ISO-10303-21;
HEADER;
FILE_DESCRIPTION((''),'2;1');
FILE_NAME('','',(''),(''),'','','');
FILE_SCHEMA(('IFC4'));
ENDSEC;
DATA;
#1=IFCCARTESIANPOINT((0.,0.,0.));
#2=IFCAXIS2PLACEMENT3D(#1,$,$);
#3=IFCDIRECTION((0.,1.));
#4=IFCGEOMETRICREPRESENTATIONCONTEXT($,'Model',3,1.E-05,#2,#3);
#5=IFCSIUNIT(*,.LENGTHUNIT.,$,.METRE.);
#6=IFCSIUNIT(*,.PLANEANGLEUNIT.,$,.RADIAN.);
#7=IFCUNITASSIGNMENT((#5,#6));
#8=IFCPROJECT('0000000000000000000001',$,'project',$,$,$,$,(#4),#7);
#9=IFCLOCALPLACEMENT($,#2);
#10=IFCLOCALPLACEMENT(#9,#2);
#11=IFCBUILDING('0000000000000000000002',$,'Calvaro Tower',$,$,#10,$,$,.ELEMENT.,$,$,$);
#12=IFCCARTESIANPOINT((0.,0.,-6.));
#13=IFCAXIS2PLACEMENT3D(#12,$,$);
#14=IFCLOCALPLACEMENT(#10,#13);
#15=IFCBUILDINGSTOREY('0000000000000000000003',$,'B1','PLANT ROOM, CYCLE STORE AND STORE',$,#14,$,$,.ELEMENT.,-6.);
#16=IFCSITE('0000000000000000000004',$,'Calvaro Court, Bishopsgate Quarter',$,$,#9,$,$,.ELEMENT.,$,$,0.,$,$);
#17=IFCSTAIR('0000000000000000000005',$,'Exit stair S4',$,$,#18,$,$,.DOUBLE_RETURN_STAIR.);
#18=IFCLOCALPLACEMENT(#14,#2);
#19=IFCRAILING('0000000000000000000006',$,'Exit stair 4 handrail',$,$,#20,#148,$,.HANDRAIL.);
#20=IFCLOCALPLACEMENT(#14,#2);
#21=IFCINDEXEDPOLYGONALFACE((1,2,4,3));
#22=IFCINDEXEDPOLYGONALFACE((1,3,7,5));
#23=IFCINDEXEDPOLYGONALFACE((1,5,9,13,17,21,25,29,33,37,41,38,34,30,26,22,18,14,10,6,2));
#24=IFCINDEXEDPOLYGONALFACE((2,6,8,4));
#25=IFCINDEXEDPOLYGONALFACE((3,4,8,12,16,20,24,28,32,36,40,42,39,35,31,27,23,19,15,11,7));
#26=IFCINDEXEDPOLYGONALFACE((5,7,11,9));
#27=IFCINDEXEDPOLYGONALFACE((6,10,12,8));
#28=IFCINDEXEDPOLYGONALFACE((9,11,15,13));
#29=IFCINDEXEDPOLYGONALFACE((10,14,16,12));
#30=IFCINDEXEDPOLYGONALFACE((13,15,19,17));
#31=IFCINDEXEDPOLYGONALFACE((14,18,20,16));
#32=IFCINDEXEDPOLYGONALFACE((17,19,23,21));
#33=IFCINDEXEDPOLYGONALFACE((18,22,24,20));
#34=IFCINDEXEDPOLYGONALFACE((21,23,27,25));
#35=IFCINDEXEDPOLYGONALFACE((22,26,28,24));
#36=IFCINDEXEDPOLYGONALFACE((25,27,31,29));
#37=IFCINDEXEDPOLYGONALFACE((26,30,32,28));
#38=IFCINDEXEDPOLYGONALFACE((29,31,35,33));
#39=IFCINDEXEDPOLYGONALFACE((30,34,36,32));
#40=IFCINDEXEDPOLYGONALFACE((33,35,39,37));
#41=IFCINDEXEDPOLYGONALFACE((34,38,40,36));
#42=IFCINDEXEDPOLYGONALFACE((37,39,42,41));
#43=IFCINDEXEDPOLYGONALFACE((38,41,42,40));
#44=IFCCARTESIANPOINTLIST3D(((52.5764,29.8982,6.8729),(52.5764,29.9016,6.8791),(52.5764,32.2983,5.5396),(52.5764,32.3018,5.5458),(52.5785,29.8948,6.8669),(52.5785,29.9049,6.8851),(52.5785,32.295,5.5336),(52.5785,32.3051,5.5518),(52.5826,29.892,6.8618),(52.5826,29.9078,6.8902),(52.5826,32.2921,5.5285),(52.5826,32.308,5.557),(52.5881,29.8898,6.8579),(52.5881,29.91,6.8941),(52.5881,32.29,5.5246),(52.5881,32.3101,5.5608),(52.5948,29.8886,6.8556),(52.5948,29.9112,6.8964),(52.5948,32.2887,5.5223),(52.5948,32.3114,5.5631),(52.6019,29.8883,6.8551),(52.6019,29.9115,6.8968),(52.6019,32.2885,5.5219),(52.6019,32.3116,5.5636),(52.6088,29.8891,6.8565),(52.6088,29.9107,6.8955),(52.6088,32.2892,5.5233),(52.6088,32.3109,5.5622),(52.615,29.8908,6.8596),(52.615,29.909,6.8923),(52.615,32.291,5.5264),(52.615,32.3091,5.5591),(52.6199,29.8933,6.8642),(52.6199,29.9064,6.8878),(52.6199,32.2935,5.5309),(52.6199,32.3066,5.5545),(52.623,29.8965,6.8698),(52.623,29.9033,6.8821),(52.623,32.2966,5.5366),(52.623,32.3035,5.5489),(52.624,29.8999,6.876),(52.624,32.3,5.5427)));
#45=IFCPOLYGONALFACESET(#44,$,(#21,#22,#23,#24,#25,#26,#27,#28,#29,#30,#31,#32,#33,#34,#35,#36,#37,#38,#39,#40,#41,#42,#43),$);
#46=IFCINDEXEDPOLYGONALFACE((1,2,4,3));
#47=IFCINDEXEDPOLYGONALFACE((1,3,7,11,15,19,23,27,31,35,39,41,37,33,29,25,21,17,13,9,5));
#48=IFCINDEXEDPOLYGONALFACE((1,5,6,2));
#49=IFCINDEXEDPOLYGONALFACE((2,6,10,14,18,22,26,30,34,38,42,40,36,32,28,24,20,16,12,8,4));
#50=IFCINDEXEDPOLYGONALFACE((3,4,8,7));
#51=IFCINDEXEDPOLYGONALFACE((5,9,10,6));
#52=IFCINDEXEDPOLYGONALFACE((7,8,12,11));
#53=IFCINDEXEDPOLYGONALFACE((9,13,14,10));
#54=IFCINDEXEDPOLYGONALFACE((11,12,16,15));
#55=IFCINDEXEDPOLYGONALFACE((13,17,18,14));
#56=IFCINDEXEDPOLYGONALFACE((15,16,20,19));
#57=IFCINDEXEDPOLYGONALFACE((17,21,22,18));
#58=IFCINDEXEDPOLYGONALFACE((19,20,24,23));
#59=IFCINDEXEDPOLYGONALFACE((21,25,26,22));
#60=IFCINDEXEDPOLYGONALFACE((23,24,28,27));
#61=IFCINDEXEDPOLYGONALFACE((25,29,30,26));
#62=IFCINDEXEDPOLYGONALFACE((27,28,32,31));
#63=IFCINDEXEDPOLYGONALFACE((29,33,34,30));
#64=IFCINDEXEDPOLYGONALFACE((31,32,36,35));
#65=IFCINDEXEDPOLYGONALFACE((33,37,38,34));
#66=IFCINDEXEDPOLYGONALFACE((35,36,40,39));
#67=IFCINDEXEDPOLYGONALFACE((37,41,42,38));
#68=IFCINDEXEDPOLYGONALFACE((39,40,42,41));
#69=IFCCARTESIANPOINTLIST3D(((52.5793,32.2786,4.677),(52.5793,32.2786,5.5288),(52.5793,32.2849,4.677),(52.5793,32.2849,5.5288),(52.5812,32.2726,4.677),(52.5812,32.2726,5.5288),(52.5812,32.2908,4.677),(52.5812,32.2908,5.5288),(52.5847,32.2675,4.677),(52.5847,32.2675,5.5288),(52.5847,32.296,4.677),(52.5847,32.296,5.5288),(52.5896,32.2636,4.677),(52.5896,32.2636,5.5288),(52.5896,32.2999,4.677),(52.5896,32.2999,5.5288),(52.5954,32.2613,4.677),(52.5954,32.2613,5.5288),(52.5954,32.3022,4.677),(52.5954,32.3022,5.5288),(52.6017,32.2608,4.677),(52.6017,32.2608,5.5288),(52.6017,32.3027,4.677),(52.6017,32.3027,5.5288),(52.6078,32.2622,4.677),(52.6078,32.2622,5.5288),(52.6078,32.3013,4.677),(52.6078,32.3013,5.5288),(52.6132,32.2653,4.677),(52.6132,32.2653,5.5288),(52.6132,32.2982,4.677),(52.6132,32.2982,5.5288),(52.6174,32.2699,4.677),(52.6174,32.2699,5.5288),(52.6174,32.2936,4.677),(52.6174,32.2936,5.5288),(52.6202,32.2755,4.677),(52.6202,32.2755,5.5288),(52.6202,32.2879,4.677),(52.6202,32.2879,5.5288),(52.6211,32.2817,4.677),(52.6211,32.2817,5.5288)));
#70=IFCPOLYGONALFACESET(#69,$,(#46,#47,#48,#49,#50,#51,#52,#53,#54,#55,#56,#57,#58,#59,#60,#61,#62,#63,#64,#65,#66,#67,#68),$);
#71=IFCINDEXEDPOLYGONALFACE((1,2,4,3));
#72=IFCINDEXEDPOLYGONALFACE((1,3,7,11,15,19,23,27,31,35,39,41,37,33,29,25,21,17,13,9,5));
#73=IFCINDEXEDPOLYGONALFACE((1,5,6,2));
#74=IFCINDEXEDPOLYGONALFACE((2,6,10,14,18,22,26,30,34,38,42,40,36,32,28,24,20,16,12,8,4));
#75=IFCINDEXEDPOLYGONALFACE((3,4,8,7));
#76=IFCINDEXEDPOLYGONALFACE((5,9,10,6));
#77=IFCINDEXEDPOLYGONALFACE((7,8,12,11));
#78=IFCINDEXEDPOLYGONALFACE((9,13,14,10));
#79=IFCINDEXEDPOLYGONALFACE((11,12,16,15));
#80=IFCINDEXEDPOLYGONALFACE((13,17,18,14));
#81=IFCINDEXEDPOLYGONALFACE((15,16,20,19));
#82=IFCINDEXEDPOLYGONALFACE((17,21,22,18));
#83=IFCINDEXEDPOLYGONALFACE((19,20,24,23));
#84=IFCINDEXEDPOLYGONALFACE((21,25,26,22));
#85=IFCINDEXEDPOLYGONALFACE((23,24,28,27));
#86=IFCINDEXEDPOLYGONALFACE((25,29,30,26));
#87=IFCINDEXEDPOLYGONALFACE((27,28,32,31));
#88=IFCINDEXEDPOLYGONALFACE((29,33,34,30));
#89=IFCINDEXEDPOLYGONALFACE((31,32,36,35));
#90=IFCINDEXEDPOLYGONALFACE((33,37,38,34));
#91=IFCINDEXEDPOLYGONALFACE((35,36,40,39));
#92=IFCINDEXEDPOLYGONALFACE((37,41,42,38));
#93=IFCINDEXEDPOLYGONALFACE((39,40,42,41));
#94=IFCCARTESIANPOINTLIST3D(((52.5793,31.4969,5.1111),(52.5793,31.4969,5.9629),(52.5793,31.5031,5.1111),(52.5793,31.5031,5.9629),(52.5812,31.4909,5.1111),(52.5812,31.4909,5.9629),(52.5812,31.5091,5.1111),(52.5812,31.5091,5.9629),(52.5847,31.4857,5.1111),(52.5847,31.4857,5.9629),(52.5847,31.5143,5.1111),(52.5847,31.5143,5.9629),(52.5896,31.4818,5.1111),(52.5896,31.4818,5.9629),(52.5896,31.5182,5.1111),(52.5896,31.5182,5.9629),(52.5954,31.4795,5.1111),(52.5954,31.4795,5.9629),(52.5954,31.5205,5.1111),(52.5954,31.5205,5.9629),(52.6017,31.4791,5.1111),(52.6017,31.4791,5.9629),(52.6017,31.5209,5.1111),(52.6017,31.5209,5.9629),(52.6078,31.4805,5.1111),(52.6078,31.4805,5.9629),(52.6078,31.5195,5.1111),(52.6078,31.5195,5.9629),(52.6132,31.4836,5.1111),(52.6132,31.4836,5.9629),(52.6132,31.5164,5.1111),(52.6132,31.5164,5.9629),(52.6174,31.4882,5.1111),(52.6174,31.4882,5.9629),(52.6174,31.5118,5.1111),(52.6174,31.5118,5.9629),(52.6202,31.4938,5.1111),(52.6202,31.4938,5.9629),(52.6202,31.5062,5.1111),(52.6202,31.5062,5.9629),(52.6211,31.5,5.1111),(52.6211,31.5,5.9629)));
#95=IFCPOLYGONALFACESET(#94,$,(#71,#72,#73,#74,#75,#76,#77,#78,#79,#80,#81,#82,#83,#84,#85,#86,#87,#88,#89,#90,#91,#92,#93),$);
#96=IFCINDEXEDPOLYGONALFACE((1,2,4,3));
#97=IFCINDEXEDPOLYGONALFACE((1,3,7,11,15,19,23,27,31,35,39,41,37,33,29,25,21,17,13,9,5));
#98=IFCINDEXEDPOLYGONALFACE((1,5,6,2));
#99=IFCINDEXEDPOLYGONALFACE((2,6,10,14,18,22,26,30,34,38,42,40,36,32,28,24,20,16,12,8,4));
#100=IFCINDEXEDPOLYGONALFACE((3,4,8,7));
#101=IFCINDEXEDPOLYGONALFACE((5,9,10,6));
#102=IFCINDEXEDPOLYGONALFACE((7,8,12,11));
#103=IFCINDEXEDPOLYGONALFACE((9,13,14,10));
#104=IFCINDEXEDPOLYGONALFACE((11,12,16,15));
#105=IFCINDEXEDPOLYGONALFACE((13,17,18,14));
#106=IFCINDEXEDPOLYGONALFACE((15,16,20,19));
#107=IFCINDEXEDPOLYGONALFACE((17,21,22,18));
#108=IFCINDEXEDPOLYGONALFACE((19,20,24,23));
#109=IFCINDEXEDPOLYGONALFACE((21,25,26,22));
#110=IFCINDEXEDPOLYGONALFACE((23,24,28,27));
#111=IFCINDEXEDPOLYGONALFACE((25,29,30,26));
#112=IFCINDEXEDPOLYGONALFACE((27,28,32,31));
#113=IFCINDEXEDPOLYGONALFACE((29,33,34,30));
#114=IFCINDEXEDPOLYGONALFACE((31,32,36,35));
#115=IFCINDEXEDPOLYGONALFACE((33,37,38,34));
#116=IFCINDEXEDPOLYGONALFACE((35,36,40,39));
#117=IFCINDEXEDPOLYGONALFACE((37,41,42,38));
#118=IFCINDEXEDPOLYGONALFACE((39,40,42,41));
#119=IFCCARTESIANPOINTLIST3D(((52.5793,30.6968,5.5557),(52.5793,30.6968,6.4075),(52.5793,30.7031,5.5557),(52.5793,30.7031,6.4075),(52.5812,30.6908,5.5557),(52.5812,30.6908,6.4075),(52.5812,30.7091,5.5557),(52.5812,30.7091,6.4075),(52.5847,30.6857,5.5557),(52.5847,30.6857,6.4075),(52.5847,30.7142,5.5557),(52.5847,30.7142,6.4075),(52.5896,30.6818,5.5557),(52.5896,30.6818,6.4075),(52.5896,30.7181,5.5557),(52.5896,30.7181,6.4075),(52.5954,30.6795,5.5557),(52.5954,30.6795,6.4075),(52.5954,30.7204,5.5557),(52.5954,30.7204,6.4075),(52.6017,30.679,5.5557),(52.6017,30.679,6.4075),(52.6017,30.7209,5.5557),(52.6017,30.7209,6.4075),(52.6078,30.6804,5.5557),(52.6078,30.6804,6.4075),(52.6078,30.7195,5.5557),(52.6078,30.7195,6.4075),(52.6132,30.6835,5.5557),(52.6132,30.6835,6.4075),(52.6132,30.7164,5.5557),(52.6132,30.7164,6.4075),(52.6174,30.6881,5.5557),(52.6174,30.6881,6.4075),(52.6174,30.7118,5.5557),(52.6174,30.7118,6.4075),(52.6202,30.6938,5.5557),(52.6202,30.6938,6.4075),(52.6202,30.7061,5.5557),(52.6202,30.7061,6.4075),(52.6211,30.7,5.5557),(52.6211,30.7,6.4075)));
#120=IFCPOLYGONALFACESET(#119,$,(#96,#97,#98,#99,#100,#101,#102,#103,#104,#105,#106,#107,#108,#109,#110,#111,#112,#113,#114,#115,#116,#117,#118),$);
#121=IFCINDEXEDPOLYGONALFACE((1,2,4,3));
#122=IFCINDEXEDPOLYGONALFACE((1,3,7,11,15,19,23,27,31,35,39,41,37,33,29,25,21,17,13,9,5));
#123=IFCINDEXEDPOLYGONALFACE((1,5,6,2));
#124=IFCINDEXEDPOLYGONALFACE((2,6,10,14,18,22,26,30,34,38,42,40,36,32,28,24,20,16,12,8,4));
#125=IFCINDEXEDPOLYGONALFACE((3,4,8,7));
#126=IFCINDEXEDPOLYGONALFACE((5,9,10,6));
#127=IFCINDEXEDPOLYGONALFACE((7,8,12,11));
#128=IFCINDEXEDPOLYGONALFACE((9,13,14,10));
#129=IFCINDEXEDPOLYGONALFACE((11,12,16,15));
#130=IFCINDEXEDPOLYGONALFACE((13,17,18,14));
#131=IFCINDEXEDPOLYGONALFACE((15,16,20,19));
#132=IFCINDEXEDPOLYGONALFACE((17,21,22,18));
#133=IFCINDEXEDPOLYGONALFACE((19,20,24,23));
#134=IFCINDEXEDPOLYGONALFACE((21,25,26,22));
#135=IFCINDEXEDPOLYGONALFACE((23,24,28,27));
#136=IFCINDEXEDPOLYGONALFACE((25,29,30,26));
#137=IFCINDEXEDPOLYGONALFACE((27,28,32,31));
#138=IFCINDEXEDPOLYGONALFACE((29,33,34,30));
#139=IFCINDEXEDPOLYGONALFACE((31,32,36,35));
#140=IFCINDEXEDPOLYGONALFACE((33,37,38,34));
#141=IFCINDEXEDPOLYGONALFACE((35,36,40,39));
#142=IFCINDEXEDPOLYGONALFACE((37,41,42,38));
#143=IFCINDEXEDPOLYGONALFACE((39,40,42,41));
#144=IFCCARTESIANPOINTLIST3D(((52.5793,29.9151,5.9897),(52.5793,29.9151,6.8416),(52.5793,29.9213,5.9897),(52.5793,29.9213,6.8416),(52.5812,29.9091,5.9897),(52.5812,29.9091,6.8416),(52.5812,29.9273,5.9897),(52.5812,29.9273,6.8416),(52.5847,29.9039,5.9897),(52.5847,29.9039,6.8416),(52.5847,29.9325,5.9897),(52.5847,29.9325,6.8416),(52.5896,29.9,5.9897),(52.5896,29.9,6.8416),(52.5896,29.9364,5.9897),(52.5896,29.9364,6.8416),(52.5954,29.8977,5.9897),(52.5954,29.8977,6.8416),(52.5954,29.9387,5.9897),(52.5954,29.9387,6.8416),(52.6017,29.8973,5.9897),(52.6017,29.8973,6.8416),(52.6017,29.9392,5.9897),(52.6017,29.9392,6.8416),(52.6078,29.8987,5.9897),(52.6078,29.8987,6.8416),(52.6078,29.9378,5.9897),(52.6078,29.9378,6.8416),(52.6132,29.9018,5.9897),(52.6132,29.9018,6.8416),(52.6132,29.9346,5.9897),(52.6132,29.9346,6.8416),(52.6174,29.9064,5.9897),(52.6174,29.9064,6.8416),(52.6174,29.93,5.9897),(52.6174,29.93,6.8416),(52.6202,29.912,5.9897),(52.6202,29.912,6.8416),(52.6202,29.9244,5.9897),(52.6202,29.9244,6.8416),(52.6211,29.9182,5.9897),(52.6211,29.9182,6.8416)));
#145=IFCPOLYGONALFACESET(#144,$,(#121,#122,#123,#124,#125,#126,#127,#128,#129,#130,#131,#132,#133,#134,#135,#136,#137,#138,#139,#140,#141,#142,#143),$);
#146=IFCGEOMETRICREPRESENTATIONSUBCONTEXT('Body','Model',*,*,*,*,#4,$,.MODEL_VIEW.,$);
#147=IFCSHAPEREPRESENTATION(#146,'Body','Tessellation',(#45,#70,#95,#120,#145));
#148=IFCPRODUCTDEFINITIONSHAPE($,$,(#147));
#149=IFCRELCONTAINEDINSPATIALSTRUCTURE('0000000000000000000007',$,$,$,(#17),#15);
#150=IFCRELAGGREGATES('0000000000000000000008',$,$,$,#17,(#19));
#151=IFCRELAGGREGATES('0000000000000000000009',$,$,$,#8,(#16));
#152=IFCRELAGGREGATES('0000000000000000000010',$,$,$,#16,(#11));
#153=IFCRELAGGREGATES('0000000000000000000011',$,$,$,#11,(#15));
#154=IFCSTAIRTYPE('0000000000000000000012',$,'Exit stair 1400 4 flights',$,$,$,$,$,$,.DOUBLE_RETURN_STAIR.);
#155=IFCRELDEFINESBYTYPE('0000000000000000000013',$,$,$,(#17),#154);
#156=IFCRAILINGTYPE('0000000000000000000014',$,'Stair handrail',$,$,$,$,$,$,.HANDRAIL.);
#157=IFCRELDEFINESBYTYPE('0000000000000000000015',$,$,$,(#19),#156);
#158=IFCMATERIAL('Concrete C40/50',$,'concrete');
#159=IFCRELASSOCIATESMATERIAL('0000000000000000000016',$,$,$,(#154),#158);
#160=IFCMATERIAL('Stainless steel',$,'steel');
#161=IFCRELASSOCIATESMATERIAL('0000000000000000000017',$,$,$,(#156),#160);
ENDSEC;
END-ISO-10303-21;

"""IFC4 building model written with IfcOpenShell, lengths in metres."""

from ifc_helpers import new_model, si_unit, direction, frame, origin, origin_2d, place, context, subcontext, project, spatial, circle, extrude, material, type_object, element, aggregate, save


model = new_model("IFC4")

# Units and contexts
model_context = context("Model", 3, precision=1e-05, world=origin(), true_north=direction((0.0, 1.0)))
body_context = subcontext(model_context, "Body", "Model", "MODEL_VIEW")
ifc_project = project(units=[si_unit("LENGTHUNIT", "METRE"), si_unit("PLANEANGLEUNIT", "RADIAN")], contexts=[model_context])

# Site, building, storey
site_placement = place(None, origin())
site = spatial("IfcSite", under=ifc_project, at=site_placement, Name="Calvaro Court, Bishopsgate Quarter", CompositionType="ELEMENT", RefElevation=0.0)
building_placement = place(site_placement, origin())
building = spatial("IfcBuilding", under=site, at=building_placement, Name="Calvaro Tower", CompositionType="ELEMENT")
storey_placement = place(building_placement, frame((0.0, 0.0, -6.0)))
storey = spatial("IfcBuildingStorey", under=building, at=storey_placement, Name="B1", Description="PLANT ROOM, CYCLE STORE AND STORE", CompositionType="ELEMENT", Elevation=-6.0)

# Stair
ifc_material_1 = material(Name="Concrete C40/50", Category="concrete")
stair_type = type_object("IfcStairType", Name="Exit stair 1400 4 flights", PredefinedType="DOUBLE_RETURN_STAIR", material=ifc_material_1)
stair_1_placement = place(storey_placement, origin())
stair_1 = element("IfcStair", 1, at=stair_1_placement, inside=storey, type_object=stair_type, Name="Exit stair S4", PredefinedType="DOUBLE_RETURN_STAIR")

# Railing
ifc_material_2 = material(Name="Stainless steel", Category="steel")
railing_type = type_object("IfcRailingType", Name="Stair handrail", PredefinedType="HANDRAIL", material=ifc_material_2)
railing_1_placement = place(storey_placement, frame((52.6001, 32.3, 4.6667)))
railing_1 = element("IfcRailing", 2, at=railing_1_placement, type_object=railing_type, Name="Exit stair 4 handrail", PredefinedType="HANDRAIL", context=body_context, shape_type="SweptSolid", body=[
    extrude(circle(Radius=0.0239, at=origin_2d()), frame((0.0, 0.0, 0.876), z_axis=(0.0, -0.874182, 0.485598), x_axis=(1.0, 0.0, 0.0)), (0.0, 0.0, 1.0), 2.7456),
    extrude(circle(Radius=0.021, at=origin_2d()), frame((0.0, -0.0183, 0.0103)), (0.0, 0.0, 1.0), 0.8518),
    extrude(circle(Radius=0.021, at=origin_2d()), frame((0.0, -0.8, 0.4443)), (0.0, 0.0, 1.0), 0.8518),
    extrude(circle(Radius=0.021, at=origin_2d()), frame((0.0, -1.6001, 0.8889)), (0.0, 0.0, 1.0), 0.8518),
    extrude(circle(Radius=0.021, at=origin_2d()), frame((0.0, -2.3818, 1.323)), (0.0, 0.0, 1.0), 0.8518),
])
aggregate(stair_1, [railing_1])

save(model, "model.ifc")
